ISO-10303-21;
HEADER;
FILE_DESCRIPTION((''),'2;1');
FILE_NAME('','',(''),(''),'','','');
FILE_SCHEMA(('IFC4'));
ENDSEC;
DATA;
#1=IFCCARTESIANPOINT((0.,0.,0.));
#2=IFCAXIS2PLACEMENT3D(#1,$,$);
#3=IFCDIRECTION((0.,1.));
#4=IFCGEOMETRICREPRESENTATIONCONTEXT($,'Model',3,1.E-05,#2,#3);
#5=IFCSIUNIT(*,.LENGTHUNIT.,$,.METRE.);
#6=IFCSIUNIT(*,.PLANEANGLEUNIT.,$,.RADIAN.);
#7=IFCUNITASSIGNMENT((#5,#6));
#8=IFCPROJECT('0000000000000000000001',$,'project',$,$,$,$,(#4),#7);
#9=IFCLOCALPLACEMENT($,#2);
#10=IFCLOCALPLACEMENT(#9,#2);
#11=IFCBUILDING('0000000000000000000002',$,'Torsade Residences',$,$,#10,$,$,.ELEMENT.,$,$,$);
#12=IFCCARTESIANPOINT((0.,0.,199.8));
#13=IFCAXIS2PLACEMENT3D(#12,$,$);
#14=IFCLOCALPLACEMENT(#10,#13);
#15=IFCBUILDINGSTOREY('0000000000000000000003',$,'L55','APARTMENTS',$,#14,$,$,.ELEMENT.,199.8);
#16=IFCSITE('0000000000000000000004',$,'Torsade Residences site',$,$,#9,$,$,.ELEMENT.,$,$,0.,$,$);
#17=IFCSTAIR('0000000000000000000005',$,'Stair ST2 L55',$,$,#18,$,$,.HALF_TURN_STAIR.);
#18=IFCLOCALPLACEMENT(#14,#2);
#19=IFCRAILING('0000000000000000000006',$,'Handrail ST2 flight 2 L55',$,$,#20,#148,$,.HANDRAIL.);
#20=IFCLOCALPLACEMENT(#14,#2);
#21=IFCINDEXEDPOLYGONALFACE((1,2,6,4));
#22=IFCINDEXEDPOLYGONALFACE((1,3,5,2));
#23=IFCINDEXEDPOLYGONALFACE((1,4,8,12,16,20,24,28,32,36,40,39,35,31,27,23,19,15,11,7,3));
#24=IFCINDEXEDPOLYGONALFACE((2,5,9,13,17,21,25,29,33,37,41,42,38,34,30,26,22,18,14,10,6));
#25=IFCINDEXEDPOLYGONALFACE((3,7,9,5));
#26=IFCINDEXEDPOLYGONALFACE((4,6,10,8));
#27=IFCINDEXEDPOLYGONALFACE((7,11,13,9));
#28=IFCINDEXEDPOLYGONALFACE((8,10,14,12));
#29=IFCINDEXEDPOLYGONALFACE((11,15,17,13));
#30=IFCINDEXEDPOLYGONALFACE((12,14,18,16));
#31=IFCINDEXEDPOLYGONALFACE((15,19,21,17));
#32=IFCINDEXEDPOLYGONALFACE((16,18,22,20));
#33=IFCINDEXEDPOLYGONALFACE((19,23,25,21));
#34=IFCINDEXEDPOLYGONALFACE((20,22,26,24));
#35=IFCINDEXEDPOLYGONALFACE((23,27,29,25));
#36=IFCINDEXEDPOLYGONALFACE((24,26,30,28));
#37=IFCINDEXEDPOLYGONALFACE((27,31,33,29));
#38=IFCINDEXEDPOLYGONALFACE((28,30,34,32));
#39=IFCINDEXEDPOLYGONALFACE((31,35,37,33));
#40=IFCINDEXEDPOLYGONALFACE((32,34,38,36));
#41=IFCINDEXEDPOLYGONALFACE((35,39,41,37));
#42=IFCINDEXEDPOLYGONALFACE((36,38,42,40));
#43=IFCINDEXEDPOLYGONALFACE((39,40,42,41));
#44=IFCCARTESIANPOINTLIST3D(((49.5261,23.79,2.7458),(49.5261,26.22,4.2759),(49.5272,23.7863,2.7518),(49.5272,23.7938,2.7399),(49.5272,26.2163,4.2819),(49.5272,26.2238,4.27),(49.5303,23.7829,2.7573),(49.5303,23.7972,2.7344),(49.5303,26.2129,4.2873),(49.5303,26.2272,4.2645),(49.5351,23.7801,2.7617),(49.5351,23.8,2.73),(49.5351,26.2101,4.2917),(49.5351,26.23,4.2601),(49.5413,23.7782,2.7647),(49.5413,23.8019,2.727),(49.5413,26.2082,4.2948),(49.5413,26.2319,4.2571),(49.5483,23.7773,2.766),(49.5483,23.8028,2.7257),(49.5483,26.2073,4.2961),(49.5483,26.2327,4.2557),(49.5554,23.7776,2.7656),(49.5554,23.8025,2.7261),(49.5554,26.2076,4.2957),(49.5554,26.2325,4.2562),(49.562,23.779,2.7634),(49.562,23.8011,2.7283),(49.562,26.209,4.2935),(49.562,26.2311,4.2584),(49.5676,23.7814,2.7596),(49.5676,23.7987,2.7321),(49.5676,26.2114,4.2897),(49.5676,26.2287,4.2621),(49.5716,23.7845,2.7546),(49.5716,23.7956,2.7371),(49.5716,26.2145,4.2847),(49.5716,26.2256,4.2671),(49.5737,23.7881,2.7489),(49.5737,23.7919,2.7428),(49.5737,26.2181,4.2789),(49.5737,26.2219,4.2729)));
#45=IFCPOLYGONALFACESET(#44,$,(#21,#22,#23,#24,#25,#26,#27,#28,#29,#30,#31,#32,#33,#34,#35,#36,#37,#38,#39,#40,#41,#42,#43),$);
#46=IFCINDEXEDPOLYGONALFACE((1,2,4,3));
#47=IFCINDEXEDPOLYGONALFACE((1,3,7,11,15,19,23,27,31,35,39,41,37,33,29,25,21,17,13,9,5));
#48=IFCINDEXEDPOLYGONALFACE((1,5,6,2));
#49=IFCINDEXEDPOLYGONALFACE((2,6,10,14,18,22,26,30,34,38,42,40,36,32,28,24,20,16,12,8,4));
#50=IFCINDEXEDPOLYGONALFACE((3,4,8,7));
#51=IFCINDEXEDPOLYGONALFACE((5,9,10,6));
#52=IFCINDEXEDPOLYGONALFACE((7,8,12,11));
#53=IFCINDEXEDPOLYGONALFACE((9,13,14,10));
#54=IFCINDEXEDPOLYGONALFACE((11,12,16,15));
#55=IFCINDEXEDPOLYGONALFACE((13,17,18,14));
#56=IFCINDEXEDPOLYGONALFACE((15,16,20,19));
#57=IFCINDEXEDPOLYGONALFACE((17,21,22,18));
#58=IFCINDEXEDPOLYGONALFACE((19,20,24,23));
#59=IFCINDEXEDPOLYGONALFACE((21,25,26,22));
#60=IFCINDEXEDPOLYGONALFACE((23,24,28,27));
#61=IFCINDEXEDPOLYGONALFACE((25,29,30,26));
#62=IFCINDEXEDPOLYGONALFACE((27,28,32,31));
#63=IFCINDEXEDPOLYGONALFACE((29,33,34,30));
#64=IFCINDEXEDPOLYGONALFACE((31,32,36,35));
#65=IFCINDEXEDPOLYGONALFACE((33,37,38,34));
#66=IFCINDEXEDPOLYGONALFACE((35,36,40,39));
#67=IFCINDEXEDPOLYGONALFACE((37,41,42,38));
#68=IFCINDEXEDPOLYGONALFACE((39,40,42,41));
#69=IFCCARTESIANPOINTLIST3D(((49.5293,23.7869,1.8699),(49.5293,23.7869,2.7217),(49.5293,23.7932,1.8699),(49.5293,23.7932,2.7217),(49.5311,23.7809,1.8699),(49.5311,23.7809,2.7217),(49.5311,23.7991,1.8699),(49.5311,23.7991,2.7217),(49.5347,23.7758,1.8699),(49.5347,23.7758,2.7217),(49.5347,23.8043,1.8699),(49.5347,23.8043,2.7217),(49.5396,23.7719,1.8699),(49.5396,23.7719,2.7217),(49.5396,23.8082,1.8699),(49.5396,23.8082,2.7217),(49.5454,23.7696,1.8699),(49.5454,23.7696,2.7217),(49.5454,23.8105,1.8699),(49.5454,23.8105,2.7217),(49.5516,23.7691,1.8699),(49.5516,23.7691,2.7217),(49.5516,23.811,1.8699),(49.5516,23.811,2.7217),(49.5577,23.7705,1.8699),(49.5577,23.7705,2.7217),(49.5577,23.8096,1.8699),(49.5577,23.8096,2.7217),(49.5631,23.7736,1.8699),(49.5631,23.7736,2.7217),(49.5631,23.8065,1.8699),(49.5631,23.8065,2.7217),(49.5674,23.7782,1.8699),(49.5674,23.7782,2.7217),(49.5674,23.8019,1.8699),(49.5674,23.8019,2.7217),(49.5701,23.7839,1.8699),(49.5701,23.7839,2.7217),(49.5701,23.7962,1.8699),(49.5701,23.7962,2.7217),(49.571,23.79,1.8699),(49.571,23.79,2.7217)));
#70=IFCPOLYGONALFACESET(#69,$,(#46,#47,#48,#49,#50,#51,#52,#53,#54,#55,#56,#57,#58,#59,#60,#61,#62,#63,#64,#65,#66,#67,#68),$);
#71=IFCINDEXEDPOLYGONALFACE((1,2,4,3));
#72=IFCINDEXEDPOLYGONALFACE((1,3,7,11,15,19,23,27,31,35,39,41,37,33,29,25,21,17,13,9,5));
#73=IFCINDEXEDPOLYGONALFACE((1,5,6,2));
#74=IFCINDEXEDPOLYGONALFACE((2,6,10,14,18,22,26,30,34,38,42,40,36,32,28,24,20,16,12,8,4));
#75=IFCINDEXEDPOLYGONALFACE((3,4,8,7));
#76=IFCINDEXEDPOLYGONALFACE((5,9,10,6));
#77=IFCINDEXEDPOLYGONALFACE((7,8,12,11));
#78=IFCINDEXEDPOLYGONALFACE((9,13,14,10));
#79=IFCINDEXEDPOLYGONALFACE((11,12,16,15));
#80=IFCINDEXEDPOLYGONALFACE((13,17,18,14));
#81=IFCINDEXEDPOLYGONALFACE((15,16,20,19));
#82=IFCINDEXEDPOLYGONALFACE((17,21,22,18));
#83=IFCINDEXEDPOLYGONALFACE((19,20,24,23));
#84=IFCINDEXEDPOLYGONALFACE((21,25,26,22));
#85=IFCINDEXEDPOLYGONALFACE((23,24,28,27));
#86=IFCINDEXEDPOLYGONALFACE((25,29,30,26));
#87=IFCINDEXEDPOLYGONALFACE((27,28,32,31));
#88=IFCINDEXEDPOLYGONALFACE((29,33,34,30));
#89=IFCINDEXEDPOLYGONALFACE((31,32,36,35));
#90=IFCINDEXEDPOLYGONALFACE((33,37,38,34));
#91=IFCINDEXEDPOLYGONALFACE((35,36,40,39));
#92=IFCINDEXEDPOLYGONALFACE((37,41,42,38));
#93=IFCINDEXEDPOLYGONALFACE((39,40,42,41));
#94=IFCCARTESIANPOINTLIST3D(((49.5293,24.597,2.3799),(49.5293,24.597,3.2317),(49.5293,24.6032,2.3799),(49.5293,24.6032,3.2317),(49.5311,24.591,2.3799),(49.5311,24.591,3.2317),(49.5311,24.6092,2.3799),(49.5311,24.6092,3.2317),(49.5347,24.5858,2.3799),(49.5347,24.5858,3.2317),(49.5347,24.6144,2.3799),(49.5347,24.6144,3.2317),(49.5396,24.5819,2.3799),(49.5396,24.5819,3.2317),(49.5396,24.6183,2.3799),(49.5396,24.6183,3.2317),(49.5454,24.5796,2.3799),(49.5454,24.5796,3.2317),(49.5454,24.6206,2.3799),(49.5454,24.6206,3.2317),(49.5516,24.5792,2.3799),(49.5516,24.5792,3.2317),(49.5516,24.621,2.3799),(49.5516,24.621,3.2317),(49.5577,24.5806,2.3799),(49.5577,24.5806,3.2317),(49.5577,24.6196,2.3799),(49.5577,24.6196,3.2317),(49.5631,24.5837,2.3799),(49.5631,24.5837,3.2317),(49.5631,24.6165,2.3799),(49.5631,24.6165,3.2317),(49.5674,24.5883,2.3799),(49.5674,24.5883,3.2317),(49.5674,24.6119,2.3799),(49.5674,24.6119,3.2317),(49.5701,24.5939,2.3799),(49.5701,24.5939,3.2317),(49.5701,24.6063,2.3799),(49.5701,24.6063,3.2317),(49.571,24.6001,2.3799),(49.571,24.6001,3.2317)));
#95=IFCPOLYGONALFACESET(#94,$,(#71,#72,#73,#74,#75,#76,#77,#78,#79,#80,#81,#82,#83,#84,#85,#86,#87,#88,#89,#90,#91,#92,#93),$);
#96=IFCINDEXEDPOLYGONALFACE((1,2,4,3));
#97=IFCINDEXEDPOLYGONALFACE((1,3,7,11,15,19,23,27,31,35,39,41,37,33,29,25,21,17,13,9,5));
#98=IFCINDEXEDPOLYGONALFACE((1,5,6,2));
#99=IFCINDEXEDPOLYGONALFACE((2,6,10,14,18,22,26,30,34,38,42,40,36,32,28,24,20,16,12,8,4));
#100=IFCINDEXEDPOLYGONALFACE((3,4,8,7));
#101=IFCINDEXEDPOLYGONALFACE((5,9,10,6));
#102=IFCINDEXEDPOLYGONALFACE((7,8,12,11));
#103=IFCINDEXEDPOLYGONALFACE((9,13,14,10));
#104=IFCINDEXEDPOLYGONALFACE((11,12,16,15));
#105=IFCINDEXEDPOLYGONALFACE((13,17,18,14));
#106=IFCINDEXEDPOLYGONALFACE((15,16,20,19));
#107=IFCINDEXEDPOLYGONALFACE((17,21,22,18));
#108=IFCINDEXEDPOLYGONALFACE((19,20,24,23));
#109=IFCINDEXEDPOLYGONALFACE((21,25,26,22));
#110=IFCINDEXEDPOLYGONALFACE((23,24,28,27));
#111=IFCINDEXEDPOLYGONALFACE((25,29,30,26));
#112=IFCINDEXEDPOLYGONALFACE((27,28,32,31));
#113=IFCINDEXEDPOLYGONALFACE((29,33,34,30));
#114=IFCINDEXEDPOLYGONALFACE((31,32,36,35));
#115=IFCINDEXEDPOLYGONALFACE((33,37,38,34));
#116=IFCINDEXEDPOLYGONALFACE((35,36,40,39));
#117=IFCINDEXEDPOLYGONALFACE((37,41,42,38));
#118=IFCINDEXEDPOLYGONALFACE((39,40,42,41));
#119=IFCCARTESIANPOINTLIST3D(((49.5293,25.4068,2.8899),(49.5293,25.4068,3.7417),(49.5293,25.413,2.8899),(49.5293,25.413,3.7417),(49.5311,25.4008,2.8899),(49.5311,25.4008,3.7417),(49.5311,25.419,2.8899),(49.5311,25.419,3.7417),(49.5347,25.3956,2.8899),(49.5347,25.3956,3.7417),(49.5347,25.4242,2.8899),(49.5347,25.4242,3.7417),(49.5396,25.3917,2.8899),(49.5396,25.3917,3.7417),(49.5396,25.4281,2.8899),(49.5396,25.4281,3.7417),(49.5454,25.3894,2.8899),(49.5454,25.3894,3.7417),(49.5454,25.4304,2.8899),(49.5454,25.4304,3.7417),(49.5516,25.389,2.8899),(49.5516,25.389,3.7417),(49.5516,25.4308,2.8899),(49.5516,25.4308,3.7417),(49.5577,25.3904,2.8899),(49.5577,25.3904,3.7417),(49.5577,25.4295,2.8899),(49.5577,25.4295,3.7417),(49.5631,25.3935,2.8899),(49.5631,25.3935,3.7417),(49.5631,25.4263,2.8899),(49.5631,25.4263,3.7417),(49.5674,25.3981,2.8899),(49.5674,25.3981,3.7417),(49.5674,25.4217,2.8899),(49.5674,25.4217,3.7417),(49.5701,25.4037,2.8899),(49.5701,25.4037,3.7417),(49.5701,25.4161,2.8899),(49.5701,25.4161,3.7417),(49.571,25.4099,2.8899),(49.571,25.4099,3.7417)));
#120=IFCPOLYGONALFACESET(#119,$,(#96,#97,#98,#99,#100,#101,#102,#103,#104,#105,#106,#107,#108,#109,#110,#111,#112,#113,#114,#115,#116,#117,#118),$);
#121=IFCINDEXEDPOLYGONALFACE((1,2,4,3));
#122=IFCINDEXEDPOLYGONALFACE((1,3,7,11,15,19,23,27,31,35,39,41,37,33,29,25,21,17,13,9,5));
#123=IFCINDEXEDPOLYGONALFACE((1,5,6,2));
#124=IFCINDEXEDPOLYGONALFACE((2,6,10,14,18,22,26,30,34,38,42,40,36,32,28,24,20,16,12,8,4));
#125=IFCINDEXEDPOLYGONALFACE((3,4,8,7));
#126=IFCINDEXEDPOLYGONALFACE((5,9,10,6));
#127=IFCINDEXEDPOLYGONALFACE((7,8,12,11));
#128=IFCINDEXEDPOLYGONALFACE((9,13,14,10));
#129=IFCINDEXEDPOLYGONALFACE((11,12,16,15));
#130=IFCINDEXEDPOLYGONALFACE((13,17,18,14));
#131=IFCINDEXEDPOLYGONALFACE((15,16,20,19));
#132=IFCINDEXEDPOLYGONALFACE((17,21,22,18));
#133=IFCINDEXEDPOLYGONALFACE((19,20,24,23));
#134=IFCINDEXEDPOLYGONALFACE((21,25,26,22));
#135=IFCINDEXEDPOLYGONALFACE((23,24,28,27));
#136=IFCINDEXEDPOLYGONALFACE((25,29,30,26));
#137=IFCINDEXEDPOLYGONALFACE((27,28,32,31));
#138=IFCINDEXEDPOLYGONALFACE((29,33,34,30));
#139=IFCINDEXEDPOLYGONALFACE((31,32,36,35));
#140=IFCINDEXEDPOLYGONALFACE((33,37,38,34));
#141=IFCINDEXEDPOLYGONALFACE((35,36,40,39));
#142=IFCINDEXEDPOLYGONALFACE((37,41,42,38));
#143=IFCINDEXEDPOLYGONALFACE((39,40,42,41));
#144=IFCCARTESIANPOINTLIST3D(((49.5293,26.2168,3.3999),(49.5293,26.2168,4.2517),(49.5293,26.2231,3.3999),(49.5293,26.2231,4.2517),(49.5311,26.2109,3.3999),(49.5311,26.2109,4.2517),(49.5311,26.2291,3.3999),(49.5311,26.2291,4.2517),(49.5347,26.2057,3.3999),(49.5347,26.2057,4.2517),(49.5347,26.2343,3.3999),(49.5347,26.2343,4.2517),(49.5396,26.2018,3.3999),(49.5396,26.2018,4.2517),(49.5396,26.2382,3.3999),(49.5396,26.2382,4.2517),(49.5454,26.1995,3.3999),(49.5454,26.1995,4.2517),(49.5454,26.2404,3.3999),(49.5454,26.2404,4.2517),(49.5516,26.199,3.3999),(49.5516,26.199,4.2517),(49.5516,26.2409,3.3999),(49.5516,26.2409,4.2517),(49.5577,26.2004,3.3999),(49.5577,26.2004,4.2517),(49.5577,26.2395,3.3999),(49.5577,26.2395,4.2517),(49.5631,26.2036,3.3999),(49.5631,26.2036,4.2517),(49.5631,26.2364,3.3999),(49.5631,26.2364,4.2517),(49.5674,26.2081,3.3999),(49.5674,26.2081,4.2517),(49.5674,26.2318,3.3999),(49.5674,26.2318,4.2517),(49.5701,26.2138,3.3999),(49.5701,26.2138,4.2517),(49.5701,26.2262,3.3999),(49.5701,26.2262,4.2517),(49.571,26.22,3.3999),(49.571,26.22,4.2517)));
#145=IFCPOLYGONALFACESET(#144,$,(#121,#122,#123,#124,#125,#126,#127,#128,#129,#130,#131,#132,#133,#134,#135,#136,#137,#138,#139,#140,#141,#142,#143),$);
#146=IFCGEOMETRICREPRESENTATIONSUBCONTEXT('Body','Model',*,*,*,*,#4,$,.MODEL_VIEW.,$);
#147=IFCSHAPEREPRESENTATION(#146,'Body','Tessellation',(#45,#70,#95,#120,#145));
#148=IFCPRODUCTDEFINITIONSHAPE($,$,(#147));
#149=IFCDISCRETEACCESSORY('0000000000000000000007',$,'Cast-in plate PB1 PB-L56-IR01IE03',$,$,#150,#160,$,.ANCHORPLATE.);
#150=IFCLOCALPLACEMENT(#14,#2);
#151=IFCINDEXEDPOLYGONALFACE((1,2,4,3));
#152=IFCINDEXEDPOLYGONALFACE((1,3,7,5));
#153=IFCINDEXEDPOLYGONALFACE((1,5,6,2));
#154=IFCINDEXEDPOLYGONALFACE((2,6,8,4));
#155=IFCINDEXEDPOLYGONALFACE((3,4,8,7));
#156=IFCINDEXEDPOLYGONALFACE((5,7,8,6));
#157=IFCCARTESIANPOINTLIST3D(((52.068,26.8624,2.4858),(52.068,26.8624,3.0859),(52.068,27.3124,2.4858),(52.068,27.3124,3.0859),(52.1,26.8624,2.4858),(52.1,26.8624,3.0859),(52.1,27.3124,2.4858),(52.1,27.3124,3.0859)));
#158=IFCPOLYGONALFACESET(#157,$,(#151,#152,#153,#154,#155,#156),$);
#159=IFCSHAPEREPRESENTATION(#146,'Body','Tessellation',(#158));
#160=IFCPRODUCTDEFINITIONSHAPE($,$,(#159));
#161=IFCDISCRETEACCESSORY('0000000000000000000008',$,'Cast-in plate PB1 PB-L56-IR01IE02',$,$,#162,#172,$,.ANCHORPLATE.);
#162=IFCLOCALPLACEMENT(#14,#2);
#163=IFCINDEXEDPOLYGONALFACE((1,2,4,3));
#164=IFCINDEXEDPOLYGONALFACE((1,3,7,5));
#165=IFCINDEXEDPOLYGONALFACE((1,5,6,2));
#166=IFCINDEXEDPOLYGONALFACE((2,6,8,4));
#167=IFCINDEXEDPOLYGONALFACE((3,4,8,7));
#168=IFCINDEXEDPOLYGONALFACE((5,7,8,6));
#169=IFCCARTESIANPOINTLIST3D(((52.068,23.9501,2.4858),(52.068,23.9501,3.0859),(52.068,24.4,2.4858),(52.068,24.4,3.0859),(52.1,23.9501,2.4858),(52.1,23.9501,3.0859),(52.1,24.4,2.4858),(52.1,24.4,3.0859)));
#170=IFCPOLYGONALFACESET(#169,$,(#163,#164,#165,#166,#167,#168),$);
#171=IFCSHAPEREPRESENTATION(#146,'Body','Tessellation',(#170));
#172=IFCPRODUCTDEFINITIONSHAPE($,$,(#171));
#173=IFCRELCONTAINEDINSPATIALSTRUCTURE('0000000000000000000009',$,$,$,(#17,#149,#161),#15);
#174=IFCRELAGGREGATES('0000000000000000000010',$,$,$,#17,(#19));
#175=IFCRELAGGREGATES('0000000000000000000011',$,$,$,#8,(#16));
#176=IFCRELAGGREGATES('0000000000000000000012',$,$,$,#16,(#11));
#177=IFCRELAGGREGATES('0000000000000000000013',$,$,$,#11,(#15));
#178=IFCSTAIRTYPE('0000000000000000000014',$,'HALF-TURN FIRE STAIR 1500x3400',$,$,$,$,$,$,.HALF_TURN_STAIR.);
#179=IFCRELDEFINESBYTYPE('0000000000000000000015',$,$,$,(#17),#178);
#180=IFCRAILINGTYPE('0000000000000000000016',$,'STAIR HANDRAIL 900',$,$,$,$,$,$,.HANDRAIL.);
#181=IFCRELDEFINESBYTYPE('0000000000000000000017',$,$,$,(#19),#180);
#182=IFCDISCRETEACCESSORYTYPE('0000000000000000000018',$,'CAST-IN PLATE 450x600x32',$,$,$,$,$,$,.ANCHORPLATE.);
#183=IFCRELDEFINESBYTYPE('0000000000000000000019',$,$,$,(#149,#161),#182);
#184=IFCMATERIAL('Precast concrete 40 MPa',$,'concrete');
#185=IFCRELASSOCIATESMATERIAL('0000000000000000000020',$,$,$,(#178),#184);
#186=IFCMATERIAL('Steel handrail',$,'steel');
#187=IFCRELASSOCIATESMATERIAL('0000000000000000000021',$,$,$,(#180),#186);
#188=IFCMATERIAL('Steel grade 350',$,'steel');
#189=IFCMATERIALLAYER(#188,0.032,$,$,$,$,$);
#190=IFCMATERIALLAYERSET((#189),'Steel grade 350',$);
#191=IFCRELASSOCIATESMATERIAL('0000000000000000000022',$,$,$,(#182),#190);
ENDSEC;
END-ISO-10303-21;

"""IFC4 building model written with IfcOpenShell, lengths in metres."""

from ifc_helpers import new_model, si_unit, direction, frame, origin, origin_2d, place, context, subcontext, project, spatial, rectangle, circle, extrude, material, layer, layer_set, type_object, element, aggregate, save


model = new_model("IFC4")

# Units and contexts
model_context = context("Model", 3, precision=1e-05, world=origin(), true_north=direction((0.0, 1.0)))
body_context = subcontext(model_context, "Body", "Model", "MODEL_VIEW")
ifc_project = project(units=[si_unit("LENGTHUNIT", "METRE"), si_unit("PLANEANGLEUNIT", "RADIAN")], contexts=[model_context])

# Site, building, storey
site_placement = place(None, origin())
site = spatial("IfcSite", under=ifc_project, at=site_placement, Name="Torsade Residences site", CompositionType="ELEMENT", RefElevation=0.0)
building_placement = place(site_placement, origin())
building = spatial("IfcBuilding", under=site, at=building_placement, Name="Torsade Residences", CompositionType="ELEMENT")
storey_placement = place(building_placement, frame((0.0, 0.0, 199.8)))
storey = spatial("IfcBuildingStorey", under=building, at=storey_placement, Name="L55", Description="APARTMENTS", CompositionType="ELEMENT", Elevation=199.8)

# Stair, railing
ifc_material_1 = material(Name="Precast concrete 40 MPa", Category="concrete")
stair_type = type_object("IfcStairType", Name="HALF-TURN FIRE STAIR 1500x3400", PredefinedType="HALF_TURN_STAIR", material=ifc_material_1)
stair_placement = place(storey_placement, origin())
stair = element("IfcStair", 1, at=stair_placement, inside=storey, type_object=stair_type, Name="Stair ST2 L55", PredefinedType="HALF_TURN_STAIR")
ifc_material_2 = material(Name="Steel handrail", Category="steel")
railing_type = type_object("IfcRailingType", Name="STAIR HANDRAIL 900", PredefinedType="HANDRAIL", material=ifc_material_2)
railing_1_placement = place(storey_placement, frame((49.55, 23.79, 1.8699)))
railing_1 = element("IfcRailing", 2, at=railing_1_placement, type_object=railing_type, Name="Handrail ST2 flight 2 L55", PredefinedType="HANDRAIL", context=body_context, shape_type="SweptSolid", body=[
    extrude(circle(Radius=0.0239, at=origin_2d()), frame((0.0, 0.0, 0.876), z_axis=(0.0, 0.846221, 0.532831), x_axis=(-1.0, 0.0, 0.0)), (0.0, 0.0, 1.0), 2.8716),
    extrude(circle(Radius=0.021, at=origin_2d()), origin(), (0.0, 0.0, 1.0), 0.8518),
    extrude(circle(Radius=0.021, at=origin_2d()), frame((0.0, 0.8101, 0.51)), (0.0, 0.0, 1.0), 0.8518),
    extrude(circle(Radius=0.021, at=origin_2d()), frame((0.0, 1.6199, 1.02)), (0.0, 0.0, 1.0), 0.8518),
    extrude(circle(Radius=0.021, at=origin_2d()), frame((0.0, 2.4299, 1.53)), (0.0, 0.0, 1.0), 0.8518),
])
aggregate(stair, [railing_1])

# Discrete accessories
ifc_material_3 = material(Name="Steel grade 350", Category="steel")
ifc_layer_1 = layer(ifc_material_3, 0.032)
ifc_layer_set_1 = layer_set([ifc_layer_1], Name="Steel grade 350")
discrete_accessory_type = type_object("IfcDiscreteAccessoryType", Name="CAST-IN PLATE 450x600x32", PredefinedType="ANCHORPLATE", material=ifc_layer_set_1)
for number, where, z_axis, x_axis, name in (
    (3, (52.084, 27.0874, 2.4858), (0.0, 0.0, 1.0), (1.0, 0.0, 0.0), "Cast-in plate PB1 PB-L56-IR01IE03"),
    (4, (52.084, 24.175, 2.4858), (0.0, 0.0, 1.0), (1.0, 0.0, 0.0), "Cast-in plate PB1 PB-L56-IR01IE02"),
):
    element("IfcDiscreteAccessory", number, at=place(storey_placement, frame(where, z_axis=z_axis, x_axis=x_axis)), inside=storey, type_object=discrete_accessory_type, Name=name, PredefinedType="ANCHORPLATE", context=body_context, shape_type="SweptSolid", body=[
        extrude(rectangle(XDim=0.032, YDim=0.45, at=origin_2d()), origin(), (0.0, 0.0, 1.0), 0.6001),
    ])

save(model, "model.ifc")
